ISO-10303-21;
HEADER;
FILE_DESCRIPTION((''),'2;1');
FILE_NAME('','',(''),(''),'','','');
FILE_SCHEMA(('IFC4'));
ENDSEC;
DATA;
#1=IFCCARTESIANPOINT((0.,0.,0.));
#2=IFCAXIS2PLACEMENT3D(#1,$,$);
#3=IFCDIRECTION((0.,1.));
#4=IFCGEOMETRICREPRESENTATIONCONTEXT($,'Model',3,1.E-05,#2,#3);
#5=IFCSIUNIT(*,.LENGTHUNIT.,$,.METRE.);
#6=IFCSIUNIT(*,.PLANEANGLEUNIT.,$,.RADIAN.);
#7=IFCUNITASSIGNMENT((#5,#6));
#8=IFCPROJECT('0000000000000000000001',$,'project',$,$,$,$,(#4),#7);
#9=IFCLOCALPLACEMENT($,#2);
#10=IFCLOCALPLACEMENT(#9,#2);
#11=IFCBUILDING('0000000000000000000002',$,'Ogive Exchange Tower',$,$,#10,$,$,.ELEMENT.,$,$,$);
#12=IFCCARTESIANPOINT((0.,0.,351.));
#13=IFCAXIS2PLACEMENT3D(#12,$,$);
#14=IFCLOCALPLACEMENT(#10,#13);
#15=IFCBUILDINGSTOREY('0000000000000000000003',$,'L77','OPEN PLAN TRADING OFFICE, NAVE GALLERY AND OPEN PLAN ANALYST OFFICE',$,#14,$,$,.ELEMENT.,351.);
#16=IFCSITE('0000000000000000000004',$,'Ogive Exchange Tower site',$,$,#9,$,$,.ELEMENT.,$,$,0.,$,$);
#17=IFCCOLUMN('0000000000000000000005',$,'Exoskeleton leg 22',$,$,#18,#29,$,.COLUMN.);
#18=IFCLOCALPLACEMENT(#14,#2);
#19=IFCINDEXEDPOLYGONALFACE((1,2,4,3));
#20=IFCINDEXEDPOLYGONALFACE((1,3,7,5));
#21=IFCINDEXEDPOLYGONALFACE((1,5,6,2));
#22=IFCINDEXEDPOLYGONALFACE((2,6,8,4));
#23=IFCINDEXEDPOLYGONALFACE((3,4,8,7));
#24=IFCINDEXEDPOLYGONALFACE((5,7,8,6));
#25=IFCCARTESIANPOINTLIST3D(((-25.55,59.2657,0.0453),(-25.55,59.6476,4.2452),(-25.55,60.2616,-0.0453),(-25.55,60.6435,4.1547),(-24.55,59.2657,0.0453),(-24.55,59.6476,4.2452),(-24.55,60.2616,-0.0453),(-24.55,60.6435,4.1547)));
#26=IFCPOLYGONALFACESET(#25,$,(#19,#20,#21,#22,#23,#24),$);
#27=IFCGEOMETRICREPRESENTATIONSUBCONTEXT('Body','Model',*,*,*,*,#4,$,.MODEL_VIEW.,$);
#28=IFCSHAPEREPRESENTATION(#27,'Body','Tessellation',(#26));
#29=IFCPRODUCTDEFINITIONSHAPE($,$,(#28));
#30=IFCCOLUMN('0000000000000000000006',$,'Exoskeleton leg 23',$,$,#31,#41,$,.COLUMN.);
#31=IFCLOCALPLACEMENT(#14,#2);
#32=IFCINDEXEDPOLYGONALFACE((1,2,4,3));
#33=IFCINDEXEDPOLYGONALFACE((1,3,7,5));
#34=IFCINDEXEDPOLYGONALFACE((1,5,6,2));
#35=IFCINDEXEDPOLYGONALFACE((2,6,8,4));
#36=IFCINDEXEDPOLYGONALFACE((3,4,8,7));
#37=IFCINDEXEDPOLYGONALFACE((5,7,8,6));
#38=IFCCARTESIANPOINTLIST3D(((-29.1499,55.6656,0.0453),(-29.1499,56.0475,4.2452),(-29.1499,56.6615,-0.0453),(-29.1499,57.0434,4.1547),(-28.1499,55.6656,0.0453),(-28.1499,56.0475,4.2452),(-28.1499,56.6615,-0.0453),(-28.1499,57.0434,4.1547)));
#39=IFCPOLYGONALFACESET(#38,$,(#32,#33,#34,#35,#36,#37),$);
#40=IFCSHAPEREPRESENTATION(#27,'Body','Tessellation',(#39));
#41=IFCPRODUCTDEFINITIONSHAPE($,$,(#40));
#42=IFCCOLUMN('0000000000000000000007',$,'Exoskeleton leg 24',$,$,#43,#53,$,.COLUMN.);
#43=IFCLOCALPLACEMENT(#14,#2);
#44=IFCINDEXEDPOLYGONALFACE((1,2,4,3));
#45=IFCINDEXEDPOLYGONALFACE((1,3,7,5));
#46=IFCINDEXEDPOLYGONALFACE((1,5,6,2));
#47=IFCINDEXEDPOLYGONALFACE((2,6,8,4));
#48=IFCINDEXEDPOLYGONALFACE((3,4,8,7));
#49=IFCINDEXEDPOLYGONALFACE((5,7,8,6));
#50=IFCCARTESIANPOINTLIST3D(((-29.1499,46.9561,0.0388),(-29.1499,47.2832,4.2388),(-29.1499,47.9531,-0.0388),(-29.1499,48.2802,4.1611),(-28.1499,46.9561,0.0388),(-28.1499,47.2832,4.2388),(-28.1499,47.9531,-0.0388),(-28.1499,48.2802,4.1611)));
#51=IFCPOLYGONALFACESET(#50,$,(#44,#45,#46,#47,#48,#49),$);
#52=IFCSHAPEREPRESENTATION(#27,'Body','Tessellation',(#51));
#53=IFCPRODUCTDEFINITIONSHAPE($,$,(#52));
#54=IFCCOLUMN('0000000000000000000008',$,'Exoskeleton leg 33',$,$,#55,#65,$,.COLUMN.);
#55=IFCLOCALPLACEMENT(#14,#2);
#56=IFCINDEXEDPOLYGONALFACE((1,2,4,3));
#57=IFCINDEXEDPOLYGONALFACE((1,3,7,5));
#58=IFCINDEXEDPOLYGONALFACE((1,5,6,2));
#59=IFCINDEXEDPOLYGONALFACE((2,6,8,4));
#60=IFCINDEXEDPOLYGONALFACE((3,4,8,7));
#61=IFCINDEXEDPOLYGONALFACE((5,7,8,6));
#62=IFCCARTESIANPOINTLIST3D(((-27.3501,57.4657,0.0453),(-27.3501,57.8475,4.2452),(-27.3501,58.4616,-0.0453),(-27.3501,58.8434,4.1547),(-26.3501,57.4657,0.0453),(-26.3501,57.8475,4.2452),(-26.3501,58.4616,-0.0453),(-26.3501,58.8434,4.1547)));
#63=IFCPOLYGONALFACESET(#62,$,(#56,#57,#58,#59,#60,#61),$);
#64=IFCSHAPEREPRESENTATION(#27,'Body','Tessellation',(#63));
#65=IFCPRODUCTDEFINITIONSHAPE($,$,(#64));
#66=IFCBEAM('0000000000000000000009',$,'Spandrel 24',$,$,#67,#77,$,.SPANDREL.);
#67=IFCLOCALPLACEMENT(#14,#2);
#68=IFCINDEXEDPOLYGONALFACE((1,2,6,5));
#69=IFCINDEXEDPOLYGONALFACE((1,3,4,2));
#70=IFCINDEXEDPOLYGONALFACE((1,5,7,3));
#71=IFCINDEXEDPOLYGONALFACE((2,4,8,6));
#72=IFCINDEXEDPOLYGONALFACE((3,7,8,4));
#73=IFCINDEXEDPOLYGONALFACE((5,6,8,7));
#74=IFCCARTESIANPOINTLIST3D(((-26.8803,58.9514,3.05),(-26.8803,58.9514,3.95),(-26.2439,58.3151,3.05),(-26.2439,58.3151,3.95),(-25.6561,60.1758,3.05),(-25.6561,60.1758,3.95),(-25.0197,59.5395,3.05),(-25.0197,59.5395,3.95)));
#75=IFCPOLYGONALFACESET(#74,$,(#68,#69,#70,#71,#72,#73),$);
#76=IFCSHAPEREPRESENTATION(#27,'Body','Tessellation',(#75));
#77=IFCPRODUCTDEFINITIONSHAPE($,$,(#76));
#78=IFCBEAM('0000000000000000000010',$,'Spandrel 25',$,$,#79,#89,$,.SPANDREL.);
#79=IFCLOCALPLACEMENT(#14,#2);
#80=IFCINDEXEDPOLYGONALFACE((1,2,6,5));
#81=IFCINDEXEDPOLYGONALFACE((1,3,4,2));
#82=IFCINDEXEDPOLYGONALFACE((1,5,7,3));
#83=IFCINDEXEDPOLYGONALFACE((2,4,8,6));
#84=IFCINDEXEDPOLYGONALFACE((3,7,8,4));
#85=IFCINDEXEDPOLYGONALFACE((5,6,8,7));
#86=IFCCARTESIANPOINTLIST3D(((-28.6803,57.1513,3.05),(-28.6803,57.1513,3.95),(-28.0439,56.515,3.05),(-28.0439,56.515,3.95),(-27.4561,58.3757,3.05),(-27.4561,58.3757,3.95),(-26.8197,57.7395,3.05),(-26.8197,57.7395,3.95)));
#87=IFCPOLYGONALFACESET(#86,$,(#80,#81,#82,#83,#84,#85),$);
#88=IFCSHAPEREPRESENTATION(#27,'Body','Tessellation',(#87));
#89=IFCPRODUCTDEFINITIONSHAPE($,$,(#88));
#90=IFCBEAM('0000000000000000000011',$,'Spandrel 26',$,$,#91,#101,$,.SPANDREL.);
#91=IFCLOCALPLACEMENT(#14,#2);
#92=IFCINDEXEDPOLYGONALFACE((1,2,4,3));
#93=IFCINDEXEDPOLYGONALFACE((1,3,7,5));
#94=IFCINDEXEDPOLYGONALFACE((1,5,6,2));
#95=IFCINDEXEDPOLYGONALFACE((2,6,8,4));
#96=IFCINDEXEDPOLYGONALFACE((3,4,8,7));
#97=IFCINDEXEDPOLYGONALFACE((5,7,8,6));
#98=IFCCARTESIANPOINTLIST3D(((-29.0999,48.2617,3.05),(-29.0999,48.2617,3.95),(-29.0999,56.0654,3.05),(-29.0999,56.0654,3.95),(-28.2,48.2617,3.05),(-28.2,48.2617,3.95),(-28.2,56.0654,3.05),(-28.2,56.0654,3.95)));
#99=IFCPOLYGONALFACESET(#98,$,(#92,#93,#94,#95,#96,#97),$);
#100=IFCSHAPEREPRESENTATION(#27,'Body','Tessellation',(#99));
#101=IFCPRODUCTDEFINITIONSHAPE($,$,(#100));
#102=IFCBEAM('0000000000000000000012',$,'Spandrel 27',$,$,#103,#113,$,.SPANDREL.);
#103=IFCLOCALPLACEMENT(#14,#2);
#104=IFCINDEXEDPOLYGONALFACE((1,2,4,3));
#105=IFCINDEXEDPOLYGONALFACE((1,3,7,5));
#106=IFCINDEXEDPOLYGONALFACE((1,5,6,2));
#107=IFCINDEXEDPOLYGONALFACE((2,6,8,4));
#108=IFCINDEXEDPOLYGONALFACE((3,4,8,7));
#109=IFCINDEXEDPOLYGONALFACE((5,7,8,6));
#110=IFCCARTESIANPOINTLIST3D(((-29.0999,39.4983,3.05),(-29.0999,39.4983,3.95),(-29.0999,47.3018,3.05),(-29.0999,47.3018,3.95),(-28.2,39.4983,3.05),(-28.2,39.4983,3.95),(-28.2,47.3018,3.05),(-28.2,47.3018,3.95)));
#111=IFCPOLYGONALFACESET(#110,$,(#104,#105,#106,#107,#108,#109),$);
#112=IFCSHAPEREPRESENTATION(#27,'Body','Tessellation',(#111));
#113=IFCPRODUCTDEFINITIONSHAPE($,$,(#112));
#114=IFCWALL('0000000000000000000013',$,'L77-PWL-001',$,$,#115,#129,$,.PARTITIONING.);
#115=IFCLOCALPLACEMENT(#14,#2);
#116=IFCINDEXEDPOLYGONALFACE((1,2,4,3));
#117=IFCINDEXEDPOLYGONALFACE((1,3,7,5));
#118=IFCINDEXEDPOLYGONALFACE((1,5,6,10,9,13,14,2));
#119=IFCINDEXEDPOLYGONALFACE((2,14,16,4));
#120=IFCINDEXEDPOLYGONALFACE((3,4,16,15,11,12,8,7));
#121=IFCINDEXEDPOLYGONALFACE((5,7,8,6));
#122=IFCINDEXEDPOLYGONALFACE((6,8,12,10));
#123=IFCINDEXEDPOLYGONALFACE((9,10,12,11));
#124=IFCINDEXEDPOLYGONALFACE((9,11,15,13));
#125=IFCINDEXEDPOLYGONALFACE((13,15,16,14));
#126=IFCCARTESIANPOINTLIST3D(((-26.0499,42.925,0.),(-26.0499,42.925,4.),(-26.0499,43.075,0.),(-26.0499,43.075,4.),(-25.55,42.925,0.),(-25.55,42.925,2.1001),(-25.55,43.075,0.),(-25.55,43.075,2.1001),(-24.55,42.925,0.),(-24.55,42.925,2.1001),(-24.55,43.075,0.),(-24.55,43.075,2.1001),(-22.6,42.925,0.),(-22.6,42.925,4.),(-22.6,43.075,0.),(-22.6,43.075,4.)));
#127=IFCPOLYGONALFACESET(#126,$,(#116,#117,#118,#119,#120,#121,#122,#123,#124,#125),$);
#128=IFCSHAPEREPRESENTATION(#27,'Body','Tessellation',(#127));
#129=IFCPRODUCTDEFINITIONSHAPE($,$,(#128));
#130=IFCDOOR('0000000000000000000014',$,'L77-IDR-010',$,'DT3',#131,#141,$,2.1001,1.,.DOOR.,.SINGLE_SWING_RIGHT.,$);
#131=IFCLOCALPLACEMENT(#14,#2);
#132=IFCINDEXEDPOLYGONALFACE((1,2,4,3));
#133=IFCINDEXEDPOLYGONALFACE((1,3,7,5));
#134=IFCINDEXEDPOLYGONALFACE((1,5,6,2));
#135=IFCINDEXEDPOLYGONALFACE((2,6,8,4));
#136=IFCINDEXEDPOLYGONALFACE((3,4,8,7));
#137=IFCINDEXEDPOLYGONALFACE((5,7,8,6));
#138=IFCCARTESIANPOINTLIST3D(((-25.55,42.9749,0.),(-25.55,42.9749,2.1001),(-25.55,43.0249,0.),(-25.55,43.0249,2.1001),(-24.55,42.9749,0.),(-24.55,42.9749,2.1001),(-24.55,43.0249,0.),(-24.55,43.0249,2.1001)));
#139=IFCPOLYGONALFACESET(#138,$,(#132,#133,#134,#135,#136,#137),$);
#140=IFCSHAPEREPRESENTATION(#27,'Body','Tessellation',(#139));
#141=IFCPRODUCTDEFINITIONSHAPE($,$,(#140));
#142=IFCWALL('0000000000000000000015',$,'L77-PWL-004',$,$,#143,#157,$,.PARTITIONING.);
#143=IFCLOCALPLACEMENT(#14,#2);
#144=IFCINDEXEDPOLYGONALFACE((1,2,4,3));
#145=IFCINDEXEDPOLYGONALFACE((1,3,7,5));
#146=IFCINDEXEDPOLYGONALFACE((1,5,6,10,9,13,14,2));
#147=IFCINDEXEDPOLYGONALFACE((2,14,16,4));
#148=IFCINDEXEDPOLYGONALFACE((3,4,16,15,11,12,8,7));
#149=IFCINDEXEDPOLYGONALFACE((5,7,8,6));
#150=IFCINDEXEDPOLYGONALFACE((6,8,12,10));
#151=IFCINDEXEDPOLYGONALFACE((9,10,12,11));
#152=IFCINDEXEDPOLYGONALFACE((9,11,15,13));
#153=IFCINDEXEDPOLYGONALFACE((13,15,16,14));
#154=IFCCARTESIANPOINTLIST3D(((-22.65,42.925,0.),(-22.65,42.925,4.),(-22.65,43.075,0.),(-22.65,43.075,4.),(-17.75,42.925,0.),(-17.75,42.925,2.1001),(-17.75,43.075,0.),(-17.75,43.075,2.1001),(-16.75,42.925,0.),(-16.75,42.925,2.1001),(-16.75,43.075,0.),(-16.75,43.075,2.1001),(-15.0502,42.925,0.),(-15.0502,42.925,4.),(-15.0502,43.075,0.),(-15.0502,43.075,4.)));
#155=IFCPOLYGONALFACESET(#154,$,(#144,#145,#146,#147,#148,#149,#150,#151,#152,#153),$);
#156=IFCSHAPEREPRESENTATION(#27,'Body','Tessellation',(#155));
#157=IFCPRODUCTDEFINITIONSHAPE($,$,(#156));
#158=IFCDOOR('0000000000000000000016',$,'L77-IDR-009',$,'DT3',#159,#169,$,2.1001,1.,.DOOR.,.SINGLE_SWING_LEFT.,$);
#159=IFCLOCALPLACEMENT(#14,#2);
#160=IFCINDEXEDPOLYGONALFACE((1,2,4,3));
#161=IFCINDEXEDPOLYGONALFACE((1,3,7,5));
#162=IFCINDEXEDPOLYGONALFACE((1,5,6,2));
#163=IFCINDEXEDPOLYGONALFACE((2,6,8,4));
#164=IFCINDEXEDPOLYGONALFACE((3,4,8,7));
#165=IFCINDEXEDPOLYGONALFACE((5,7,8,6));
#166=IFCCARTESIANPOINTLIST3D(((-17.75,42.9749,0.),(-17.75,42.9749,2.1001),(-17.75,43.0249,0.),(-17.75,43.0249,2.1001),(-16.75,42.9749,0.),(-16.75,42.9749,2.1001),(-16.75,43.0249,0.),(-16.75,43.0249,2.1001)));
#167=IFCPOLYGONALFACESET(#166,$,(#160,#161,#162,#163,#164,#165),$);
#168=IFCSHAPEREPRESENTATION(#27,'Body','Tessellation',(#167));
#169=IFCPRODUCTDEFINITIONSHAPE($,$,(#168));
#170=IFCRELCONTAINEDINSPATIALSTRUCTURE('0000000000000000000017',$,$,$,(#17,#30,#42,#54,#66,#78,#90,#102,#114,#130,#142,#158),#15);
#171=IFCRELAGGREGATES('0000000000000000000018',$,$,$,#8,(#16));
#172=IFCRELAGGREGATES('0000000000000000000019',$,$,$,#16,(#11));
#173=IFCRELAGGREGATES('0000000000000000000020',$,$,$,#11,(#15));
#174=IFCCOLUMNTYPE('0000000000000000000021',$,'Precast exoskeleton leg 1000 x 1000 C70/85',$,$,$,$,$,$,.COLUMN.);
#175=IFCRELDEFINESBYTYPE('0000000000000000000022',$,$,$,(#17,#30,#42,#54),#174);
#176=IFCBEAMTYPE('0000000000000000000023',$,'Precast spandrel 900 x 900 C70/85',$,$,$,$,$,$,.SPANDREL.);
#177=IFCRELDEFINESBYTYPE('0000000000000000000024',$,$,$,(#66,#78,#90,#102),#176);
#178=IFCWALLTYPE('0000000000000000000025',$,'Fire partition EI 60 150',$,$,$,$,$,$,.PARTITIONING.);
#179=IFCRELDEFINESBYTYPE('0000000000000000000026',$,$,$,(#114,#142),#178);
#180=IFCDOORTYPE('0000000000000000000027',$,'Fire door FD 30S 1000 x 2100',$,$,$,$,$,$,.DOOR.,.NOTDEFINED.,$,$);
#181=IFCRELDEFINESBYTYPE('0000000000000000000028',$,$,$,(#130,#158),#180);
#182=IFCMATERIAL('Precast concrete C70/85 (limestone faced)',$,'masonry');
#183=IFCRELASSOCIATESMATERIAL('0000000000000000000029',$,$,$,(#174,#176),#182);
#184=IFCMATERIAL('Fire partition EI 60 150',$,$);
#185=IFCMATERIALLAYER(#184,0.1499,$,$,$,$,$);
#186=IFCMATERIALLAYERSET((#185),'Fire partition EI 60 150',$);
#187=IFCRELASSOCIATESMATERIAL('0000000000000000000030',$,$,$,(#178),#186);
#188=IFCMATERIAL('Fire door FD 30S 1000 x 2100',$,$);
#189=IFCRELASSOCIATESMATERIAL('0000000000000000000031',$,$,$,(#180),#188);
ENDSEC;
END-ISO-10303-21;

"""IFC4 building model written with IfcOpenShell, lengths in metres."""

from ifc_helpers import new_model, si_unit, direction, frame, frame_2d, origin, origin_2d, place, context, subcontext, project, spatial, rectangle, extrude, material, layer, layer_set, material_profile, profile_set, type_object, element, fill, save


model = new_model("IFC4")

# Units and contexts
model_context = context("Model", 3, precision=1e-05, world=origin(), true_north=direction((0.0, 1.0)))
body_context = subcontext(model_context, "Body", "Model", "MODEL_VIEW")
ifc_project = project(units=[si_unit("LENGTHUNIT", "METRE"), si_unit("PLANEANGLEUNIT", "RADIAN")], contexts=[model_context])

# Site, building, storey
site_placement = place(None, origin())
site = spatial("IfcSite", under=ifc_project, at=site_placement, Name="Ogive Exchange Tower site", CompositionType="ELEMENT", RefElevation=0.0)
building_placement = place(site_placement, origin())
building = spatial("IfcBuilding", under=site, at=building_placement, Name="Ogive Exchange Tower", CompositionType="ELEMENT")
storey_placement = place(building_placement, frame((0.0, 0.0, 351.0)))
storey = spatial("IfcBuildingStorey", under=building, at=storey_placement, Name="L77", Description="OPEN PLAN TRADING OFFICE, NAVE GALLERY AND OPEN PLAN ANALYST OFFICE", CompositionType="ELEMENT", Elevation=351.0)

# Columns
ifc_material_1 = material(Name="Precast concrete C70/85 (limestone faced)", Category="masonry")
ifc_material_profile_1 = material_profile(ifc_material_1, rectangle(XDim=1.0, YDim=1.0, at=origin_2d()), Name="1000 x 1000")
ifc_profile_set_1 = profile_set([ifc_material_profile_1], Name="Precast concrete C70/85 (limestone faced)")
column_type = type_object("IfcColumnType", Name="Precast exoskeleton leg 1000 x 1000 C70/85", PredefinedType="COLUMN", material=ifc_profile_set_1)
for number, where, z_axis, x_axis, name in (
    (1, (-25.05, 59.7637, 0.0), (0.0, 0.090541, 0.995893), (-1.0, 0.0, 0.0), "Exoskeleton leg 22"),
    (2, (-28.6499, 56.1636, 0.0), (0.0, 0.090541, 0.995893), (-1.0, 0.0, 0.0), "Exoskeleton leg 23"),
):
    element("IfcColumn", number, at=place(storey_placement, frame(where, z_axis=z_axis, x_axis=x_axis)), inside=storey, type_object=column_type, Name=name, PredefinedType="COLUMN", context=body_context, shape_type="SweptSolid", body=[
        extrude(rectangle(XDim=1.0, YDim=1.0, at=origin_2d()), origin(), (0.0, 0.0, 1.0), 4.2173),
    ])
column_1_placement = place(storey_placement, frame((-28.6499, 47.4546, 0.0), z_axis=(0.0, 0.077658, 0.99698), x_axis=(-1.0, 0.0, 0.0)))
element("IfcColumn", 3, at=column_1_placement, inside=storey, type_object=column_type, Name="Exoskeleton leg 24", PredefinedType="COLUMN", context=body_context, shape_type="SweptSolid", body=[
    extrude(rectangle(XDim=1.0, YDim=1.0, at=origin_2d()), origin(), (0.0, 0.0, 1.0), 4.2126),
])
column_2_placement = place(storey_placement, frame((-26.8501, 57.9636, 0.0), z_axis=(0.0, 0.090541, 0.995893), x_axis=(-1.0, 0.0, 0.0)))
element("IfcColumn", 4, at=column_2_placement, inside=storey, type_object=column_type, Name="Exoskeleton leg 33", PredefinedType="COLUMN", context=body_context, shape_type="SweptSolid", body=[
    extrude(rectangle(XDim=1.0, YDim=1.0, at=origin_2d()), origin(), (0.0, 0.0, 1.0), 4.2173),
])

# Beams
ifc_material_profile_2 = material_profile(ifc_material_1, rectangle(XDim=0.8999, YDim=0.8999, at=origin_2d()), Name="900 x 900")
ifc_profile_set_2 = profile_set([ifc_material_profile_2], Name="Precast concrete C70/85 (limestone faced)")
beam_type = type_object("IfcBeamType", Name="Precast spandrel 900 x 900 C70/85", PredefinedType="SPANDREL", material=ifc_profile_set_2)
for number, where, z_axis, x_axis, name in (
    (5, (-25.3379, 59.8577, 3.5), (-0.707036, -0.707177, 0.0), (0.707177, -0.707036, 0.0), "Spandrel 24"),
    (6, (-27.1379, 58.0576, 3.5), (-0.707036, -0.707177, 0.0), (0.707177, -0.707036, 0.0), "Spandrel 25"),
):
    element("IfcBeam", number, at=place(storey_placement, frame(where, z_axis=z_axis, x_axis=x_axis)), inside=storey, type_object=beam_type, Name=name, PredefinedType="SPANDREL", context=body_context, shape_type="SweptSolid", body=[
        extrude(rectangle(XDim=0.8999, YDim=0.8999, at=origin_2d()), origin(), (0.0, 0.0, 1.0), 1.7314),
    ])
beam_1_placement = place(storey_placement, frame((-28.6499, 56.0654, 3.5), z_axis=(0.0, -1.0, 0.0), x_axis=(1.0, 0.0, 0.0)))
element("IfcBeam", 7, at=beam_1_placement, inside=storey, type_object=beam_type, Name="Spandrel 26", PredefinedType="SPANDREL", context=body_context, shape_type="SweptSolid", body=[
    extrude(rectangle(XDim=0.8999, YDim=0.8999, at=origin_2d()), origin(), (0.0, 0.0, 1.0), 7.8037),
])
beam_2_placement = place(storey_placement, frame((-28.6499, 47.3018, 3.5), z_axis=(0.0, -1.0, 0.0), x_axis=(1.0, 0.0, 0.0)))
element("IfcBeam", 8, at=beam_2_placement, inside=storey, type_object=beam_type, Name="Spandrel 27", PredefinedType="SPANDREL", context=body_context, shape_type="SweptSolid", body=[
    extrude(rectangle(XDim=0.8999, YDim=0.8999, at=origin_2d()), origin(), (0.0, 0.0, 1.0), 7.8035),
])

# Walls, openings, doors
ifc_material_2 = material(Name="Fire partition EI 60 150")
ifc_layer_1 = layer(ifc_material_2, 0.1499)
ifc_layer_set_1 = layer_set([ifc_layer_1], Name="Fire partition EI 60 150")
wall_type_1 = type_object("IfcWallType", Name="Fire partition EI 60 150", PredefinedType="PARTITIONING", material=ifc_layer_set_1)
wall_1_placement = place(storey_placement, frame((-26.05, 43.0, 0.0), z_axis=(0.0, 0.0, 1.0), x_axis=(1.0, 0.0, 0.0)))
wall_1 = element("IfcWall", 9, at=wall_1_placement, inside=storey, type_object=wall_type_1, Name="L77-PWL-001", PredefinedType="PARTITIONING", context=body_context, shape_type="SweptSolid", body=[
    extrude(rectangle(XDim=3.45, YDim=0.1499, at=frame_2d((1.7251, 0.0))), origin(), (0.0, 0.0, 1.0), 4.0),
])
opening_1_placement = place(wall_1_placement, frame((0.5, 0.0, 0.0)))
opening_1 = element("IfcOpeningElement", 10, at=opening_1_placement, cuts=wall_1, PredefinedType="OPENING", context=body_context, shape_type="SweptSolid", body=[
    extrude(rectangle(XDim=1.0, YDim=2.1001, at=frame_2d((0.5, 1.05))), frame((0.0, 0.085, 0.0), z_axis=(0.0, -1.0, 0.0), x_axis=(1.0, 0.0, 0.0)), (0.0, 0.0, 1.0), 0.1699),
])
ifc_material_3 = material(Name="Fire door FD 30S 1000 x 2100")
door_type_1 = type_object("IfcDoorType", Name="Fire door FD 30S 1000 x 2100", OperationType="NOTDEFINED", PredefinedType="DOOR", material=ifc_material_3)
door_1_placement = place(opening_1_placement, origin())
door_1 = element("IfcDoor", 11, at=door_1_placement, inside=storey, type_object=door_type_1, Name="L77-IDR-010", ObjectType="DT3", OperationType="SINGLE_SWING_RIGHT", OverallHeight=2.1001, OverallWidth=1.0, PredefinedType="DOOR", context=body_context, shape_type="SweptSolid", body=[
    extrude(rectangle(XDim=1.0, YDim=2.1001, at=frame_2d((0.5, 1.05))), frame((0.0, 0.0249, 0.0), z_axis=(0.0, -1.0, 0.0), x_axis=(1.0, 0.0, 0.0)), (0.0, 0.0, 1.0), 0.05),
])
fill(opening_1, door_1)
wall_2_placement = place(storey_placement, frame((-22.6499, 43.0, 0.0), z_axis=(0.0, 0.0, 1.0), x_axis=(1.0, 0.0, 0.0)))
wall_2 = element("IfcWall", 12, at=wall_2_placement, inside=storey, type_object=wall_type_1, Name="L77-PWL-004", PredefinedType="PARTITIONING", context=body_context, shape_type="SweptSolid", body=[
    extrude(rectangle(XDim=7.5999, YDim=0.1499, at=frame_2d((3.7998, 0.0))), origin(), (0.0, 0.0, 1.0), 4.0),
])
opening_2_placement = place(wall_2_placement, frame((4.8999, 0.0, 0.0)))
opening_2 = element("IfcOpeningElement", 13, at=opening_2_placement, cuts=wall_2, PredefinedType="OPENING", context=body_context, shape_type="SweptSolid", body=[
    extrude(rectangle(XDim=1.0, YDim=2.1001, at=frame_2d((0.5, 1.05))), frame((0.0, 0.085, 0.0), z_axis=(0.0, -1.0, 0.0), x_axis=(1.0, 0.0, 0.0)), (0.0, 0.0, 1.0), 0.1699),
])
door_2_placement = place(opening_2_placement, origin())
door_2 = element("IfcDoor", 14, at=door_2_placement, inside=storey, type_object=door_type_1, Name="L77-IDR-009", ObjectType="DT3", OperationType="SINGLE_SWING_LEFT", OverallHeight=2.1001, OverallWidth=1.0, PredefinedType="DOOR", context=body_context, shape_type="SweptSolid", body=[
    extrude(rectangle(XDim=1.0, YDim=2.1001, at=frame_2d((0.5, 1.05))), frame((0.0, 0.0249, 0.0), z_axis=(0.0, -1.0, 0.0), x_axis=(1.0, 0.0, 0.0)), (0.0, 0.0, 1.0), 0.05),
])
fill(opening_2, door_2)

save(model, "model.ifc")
